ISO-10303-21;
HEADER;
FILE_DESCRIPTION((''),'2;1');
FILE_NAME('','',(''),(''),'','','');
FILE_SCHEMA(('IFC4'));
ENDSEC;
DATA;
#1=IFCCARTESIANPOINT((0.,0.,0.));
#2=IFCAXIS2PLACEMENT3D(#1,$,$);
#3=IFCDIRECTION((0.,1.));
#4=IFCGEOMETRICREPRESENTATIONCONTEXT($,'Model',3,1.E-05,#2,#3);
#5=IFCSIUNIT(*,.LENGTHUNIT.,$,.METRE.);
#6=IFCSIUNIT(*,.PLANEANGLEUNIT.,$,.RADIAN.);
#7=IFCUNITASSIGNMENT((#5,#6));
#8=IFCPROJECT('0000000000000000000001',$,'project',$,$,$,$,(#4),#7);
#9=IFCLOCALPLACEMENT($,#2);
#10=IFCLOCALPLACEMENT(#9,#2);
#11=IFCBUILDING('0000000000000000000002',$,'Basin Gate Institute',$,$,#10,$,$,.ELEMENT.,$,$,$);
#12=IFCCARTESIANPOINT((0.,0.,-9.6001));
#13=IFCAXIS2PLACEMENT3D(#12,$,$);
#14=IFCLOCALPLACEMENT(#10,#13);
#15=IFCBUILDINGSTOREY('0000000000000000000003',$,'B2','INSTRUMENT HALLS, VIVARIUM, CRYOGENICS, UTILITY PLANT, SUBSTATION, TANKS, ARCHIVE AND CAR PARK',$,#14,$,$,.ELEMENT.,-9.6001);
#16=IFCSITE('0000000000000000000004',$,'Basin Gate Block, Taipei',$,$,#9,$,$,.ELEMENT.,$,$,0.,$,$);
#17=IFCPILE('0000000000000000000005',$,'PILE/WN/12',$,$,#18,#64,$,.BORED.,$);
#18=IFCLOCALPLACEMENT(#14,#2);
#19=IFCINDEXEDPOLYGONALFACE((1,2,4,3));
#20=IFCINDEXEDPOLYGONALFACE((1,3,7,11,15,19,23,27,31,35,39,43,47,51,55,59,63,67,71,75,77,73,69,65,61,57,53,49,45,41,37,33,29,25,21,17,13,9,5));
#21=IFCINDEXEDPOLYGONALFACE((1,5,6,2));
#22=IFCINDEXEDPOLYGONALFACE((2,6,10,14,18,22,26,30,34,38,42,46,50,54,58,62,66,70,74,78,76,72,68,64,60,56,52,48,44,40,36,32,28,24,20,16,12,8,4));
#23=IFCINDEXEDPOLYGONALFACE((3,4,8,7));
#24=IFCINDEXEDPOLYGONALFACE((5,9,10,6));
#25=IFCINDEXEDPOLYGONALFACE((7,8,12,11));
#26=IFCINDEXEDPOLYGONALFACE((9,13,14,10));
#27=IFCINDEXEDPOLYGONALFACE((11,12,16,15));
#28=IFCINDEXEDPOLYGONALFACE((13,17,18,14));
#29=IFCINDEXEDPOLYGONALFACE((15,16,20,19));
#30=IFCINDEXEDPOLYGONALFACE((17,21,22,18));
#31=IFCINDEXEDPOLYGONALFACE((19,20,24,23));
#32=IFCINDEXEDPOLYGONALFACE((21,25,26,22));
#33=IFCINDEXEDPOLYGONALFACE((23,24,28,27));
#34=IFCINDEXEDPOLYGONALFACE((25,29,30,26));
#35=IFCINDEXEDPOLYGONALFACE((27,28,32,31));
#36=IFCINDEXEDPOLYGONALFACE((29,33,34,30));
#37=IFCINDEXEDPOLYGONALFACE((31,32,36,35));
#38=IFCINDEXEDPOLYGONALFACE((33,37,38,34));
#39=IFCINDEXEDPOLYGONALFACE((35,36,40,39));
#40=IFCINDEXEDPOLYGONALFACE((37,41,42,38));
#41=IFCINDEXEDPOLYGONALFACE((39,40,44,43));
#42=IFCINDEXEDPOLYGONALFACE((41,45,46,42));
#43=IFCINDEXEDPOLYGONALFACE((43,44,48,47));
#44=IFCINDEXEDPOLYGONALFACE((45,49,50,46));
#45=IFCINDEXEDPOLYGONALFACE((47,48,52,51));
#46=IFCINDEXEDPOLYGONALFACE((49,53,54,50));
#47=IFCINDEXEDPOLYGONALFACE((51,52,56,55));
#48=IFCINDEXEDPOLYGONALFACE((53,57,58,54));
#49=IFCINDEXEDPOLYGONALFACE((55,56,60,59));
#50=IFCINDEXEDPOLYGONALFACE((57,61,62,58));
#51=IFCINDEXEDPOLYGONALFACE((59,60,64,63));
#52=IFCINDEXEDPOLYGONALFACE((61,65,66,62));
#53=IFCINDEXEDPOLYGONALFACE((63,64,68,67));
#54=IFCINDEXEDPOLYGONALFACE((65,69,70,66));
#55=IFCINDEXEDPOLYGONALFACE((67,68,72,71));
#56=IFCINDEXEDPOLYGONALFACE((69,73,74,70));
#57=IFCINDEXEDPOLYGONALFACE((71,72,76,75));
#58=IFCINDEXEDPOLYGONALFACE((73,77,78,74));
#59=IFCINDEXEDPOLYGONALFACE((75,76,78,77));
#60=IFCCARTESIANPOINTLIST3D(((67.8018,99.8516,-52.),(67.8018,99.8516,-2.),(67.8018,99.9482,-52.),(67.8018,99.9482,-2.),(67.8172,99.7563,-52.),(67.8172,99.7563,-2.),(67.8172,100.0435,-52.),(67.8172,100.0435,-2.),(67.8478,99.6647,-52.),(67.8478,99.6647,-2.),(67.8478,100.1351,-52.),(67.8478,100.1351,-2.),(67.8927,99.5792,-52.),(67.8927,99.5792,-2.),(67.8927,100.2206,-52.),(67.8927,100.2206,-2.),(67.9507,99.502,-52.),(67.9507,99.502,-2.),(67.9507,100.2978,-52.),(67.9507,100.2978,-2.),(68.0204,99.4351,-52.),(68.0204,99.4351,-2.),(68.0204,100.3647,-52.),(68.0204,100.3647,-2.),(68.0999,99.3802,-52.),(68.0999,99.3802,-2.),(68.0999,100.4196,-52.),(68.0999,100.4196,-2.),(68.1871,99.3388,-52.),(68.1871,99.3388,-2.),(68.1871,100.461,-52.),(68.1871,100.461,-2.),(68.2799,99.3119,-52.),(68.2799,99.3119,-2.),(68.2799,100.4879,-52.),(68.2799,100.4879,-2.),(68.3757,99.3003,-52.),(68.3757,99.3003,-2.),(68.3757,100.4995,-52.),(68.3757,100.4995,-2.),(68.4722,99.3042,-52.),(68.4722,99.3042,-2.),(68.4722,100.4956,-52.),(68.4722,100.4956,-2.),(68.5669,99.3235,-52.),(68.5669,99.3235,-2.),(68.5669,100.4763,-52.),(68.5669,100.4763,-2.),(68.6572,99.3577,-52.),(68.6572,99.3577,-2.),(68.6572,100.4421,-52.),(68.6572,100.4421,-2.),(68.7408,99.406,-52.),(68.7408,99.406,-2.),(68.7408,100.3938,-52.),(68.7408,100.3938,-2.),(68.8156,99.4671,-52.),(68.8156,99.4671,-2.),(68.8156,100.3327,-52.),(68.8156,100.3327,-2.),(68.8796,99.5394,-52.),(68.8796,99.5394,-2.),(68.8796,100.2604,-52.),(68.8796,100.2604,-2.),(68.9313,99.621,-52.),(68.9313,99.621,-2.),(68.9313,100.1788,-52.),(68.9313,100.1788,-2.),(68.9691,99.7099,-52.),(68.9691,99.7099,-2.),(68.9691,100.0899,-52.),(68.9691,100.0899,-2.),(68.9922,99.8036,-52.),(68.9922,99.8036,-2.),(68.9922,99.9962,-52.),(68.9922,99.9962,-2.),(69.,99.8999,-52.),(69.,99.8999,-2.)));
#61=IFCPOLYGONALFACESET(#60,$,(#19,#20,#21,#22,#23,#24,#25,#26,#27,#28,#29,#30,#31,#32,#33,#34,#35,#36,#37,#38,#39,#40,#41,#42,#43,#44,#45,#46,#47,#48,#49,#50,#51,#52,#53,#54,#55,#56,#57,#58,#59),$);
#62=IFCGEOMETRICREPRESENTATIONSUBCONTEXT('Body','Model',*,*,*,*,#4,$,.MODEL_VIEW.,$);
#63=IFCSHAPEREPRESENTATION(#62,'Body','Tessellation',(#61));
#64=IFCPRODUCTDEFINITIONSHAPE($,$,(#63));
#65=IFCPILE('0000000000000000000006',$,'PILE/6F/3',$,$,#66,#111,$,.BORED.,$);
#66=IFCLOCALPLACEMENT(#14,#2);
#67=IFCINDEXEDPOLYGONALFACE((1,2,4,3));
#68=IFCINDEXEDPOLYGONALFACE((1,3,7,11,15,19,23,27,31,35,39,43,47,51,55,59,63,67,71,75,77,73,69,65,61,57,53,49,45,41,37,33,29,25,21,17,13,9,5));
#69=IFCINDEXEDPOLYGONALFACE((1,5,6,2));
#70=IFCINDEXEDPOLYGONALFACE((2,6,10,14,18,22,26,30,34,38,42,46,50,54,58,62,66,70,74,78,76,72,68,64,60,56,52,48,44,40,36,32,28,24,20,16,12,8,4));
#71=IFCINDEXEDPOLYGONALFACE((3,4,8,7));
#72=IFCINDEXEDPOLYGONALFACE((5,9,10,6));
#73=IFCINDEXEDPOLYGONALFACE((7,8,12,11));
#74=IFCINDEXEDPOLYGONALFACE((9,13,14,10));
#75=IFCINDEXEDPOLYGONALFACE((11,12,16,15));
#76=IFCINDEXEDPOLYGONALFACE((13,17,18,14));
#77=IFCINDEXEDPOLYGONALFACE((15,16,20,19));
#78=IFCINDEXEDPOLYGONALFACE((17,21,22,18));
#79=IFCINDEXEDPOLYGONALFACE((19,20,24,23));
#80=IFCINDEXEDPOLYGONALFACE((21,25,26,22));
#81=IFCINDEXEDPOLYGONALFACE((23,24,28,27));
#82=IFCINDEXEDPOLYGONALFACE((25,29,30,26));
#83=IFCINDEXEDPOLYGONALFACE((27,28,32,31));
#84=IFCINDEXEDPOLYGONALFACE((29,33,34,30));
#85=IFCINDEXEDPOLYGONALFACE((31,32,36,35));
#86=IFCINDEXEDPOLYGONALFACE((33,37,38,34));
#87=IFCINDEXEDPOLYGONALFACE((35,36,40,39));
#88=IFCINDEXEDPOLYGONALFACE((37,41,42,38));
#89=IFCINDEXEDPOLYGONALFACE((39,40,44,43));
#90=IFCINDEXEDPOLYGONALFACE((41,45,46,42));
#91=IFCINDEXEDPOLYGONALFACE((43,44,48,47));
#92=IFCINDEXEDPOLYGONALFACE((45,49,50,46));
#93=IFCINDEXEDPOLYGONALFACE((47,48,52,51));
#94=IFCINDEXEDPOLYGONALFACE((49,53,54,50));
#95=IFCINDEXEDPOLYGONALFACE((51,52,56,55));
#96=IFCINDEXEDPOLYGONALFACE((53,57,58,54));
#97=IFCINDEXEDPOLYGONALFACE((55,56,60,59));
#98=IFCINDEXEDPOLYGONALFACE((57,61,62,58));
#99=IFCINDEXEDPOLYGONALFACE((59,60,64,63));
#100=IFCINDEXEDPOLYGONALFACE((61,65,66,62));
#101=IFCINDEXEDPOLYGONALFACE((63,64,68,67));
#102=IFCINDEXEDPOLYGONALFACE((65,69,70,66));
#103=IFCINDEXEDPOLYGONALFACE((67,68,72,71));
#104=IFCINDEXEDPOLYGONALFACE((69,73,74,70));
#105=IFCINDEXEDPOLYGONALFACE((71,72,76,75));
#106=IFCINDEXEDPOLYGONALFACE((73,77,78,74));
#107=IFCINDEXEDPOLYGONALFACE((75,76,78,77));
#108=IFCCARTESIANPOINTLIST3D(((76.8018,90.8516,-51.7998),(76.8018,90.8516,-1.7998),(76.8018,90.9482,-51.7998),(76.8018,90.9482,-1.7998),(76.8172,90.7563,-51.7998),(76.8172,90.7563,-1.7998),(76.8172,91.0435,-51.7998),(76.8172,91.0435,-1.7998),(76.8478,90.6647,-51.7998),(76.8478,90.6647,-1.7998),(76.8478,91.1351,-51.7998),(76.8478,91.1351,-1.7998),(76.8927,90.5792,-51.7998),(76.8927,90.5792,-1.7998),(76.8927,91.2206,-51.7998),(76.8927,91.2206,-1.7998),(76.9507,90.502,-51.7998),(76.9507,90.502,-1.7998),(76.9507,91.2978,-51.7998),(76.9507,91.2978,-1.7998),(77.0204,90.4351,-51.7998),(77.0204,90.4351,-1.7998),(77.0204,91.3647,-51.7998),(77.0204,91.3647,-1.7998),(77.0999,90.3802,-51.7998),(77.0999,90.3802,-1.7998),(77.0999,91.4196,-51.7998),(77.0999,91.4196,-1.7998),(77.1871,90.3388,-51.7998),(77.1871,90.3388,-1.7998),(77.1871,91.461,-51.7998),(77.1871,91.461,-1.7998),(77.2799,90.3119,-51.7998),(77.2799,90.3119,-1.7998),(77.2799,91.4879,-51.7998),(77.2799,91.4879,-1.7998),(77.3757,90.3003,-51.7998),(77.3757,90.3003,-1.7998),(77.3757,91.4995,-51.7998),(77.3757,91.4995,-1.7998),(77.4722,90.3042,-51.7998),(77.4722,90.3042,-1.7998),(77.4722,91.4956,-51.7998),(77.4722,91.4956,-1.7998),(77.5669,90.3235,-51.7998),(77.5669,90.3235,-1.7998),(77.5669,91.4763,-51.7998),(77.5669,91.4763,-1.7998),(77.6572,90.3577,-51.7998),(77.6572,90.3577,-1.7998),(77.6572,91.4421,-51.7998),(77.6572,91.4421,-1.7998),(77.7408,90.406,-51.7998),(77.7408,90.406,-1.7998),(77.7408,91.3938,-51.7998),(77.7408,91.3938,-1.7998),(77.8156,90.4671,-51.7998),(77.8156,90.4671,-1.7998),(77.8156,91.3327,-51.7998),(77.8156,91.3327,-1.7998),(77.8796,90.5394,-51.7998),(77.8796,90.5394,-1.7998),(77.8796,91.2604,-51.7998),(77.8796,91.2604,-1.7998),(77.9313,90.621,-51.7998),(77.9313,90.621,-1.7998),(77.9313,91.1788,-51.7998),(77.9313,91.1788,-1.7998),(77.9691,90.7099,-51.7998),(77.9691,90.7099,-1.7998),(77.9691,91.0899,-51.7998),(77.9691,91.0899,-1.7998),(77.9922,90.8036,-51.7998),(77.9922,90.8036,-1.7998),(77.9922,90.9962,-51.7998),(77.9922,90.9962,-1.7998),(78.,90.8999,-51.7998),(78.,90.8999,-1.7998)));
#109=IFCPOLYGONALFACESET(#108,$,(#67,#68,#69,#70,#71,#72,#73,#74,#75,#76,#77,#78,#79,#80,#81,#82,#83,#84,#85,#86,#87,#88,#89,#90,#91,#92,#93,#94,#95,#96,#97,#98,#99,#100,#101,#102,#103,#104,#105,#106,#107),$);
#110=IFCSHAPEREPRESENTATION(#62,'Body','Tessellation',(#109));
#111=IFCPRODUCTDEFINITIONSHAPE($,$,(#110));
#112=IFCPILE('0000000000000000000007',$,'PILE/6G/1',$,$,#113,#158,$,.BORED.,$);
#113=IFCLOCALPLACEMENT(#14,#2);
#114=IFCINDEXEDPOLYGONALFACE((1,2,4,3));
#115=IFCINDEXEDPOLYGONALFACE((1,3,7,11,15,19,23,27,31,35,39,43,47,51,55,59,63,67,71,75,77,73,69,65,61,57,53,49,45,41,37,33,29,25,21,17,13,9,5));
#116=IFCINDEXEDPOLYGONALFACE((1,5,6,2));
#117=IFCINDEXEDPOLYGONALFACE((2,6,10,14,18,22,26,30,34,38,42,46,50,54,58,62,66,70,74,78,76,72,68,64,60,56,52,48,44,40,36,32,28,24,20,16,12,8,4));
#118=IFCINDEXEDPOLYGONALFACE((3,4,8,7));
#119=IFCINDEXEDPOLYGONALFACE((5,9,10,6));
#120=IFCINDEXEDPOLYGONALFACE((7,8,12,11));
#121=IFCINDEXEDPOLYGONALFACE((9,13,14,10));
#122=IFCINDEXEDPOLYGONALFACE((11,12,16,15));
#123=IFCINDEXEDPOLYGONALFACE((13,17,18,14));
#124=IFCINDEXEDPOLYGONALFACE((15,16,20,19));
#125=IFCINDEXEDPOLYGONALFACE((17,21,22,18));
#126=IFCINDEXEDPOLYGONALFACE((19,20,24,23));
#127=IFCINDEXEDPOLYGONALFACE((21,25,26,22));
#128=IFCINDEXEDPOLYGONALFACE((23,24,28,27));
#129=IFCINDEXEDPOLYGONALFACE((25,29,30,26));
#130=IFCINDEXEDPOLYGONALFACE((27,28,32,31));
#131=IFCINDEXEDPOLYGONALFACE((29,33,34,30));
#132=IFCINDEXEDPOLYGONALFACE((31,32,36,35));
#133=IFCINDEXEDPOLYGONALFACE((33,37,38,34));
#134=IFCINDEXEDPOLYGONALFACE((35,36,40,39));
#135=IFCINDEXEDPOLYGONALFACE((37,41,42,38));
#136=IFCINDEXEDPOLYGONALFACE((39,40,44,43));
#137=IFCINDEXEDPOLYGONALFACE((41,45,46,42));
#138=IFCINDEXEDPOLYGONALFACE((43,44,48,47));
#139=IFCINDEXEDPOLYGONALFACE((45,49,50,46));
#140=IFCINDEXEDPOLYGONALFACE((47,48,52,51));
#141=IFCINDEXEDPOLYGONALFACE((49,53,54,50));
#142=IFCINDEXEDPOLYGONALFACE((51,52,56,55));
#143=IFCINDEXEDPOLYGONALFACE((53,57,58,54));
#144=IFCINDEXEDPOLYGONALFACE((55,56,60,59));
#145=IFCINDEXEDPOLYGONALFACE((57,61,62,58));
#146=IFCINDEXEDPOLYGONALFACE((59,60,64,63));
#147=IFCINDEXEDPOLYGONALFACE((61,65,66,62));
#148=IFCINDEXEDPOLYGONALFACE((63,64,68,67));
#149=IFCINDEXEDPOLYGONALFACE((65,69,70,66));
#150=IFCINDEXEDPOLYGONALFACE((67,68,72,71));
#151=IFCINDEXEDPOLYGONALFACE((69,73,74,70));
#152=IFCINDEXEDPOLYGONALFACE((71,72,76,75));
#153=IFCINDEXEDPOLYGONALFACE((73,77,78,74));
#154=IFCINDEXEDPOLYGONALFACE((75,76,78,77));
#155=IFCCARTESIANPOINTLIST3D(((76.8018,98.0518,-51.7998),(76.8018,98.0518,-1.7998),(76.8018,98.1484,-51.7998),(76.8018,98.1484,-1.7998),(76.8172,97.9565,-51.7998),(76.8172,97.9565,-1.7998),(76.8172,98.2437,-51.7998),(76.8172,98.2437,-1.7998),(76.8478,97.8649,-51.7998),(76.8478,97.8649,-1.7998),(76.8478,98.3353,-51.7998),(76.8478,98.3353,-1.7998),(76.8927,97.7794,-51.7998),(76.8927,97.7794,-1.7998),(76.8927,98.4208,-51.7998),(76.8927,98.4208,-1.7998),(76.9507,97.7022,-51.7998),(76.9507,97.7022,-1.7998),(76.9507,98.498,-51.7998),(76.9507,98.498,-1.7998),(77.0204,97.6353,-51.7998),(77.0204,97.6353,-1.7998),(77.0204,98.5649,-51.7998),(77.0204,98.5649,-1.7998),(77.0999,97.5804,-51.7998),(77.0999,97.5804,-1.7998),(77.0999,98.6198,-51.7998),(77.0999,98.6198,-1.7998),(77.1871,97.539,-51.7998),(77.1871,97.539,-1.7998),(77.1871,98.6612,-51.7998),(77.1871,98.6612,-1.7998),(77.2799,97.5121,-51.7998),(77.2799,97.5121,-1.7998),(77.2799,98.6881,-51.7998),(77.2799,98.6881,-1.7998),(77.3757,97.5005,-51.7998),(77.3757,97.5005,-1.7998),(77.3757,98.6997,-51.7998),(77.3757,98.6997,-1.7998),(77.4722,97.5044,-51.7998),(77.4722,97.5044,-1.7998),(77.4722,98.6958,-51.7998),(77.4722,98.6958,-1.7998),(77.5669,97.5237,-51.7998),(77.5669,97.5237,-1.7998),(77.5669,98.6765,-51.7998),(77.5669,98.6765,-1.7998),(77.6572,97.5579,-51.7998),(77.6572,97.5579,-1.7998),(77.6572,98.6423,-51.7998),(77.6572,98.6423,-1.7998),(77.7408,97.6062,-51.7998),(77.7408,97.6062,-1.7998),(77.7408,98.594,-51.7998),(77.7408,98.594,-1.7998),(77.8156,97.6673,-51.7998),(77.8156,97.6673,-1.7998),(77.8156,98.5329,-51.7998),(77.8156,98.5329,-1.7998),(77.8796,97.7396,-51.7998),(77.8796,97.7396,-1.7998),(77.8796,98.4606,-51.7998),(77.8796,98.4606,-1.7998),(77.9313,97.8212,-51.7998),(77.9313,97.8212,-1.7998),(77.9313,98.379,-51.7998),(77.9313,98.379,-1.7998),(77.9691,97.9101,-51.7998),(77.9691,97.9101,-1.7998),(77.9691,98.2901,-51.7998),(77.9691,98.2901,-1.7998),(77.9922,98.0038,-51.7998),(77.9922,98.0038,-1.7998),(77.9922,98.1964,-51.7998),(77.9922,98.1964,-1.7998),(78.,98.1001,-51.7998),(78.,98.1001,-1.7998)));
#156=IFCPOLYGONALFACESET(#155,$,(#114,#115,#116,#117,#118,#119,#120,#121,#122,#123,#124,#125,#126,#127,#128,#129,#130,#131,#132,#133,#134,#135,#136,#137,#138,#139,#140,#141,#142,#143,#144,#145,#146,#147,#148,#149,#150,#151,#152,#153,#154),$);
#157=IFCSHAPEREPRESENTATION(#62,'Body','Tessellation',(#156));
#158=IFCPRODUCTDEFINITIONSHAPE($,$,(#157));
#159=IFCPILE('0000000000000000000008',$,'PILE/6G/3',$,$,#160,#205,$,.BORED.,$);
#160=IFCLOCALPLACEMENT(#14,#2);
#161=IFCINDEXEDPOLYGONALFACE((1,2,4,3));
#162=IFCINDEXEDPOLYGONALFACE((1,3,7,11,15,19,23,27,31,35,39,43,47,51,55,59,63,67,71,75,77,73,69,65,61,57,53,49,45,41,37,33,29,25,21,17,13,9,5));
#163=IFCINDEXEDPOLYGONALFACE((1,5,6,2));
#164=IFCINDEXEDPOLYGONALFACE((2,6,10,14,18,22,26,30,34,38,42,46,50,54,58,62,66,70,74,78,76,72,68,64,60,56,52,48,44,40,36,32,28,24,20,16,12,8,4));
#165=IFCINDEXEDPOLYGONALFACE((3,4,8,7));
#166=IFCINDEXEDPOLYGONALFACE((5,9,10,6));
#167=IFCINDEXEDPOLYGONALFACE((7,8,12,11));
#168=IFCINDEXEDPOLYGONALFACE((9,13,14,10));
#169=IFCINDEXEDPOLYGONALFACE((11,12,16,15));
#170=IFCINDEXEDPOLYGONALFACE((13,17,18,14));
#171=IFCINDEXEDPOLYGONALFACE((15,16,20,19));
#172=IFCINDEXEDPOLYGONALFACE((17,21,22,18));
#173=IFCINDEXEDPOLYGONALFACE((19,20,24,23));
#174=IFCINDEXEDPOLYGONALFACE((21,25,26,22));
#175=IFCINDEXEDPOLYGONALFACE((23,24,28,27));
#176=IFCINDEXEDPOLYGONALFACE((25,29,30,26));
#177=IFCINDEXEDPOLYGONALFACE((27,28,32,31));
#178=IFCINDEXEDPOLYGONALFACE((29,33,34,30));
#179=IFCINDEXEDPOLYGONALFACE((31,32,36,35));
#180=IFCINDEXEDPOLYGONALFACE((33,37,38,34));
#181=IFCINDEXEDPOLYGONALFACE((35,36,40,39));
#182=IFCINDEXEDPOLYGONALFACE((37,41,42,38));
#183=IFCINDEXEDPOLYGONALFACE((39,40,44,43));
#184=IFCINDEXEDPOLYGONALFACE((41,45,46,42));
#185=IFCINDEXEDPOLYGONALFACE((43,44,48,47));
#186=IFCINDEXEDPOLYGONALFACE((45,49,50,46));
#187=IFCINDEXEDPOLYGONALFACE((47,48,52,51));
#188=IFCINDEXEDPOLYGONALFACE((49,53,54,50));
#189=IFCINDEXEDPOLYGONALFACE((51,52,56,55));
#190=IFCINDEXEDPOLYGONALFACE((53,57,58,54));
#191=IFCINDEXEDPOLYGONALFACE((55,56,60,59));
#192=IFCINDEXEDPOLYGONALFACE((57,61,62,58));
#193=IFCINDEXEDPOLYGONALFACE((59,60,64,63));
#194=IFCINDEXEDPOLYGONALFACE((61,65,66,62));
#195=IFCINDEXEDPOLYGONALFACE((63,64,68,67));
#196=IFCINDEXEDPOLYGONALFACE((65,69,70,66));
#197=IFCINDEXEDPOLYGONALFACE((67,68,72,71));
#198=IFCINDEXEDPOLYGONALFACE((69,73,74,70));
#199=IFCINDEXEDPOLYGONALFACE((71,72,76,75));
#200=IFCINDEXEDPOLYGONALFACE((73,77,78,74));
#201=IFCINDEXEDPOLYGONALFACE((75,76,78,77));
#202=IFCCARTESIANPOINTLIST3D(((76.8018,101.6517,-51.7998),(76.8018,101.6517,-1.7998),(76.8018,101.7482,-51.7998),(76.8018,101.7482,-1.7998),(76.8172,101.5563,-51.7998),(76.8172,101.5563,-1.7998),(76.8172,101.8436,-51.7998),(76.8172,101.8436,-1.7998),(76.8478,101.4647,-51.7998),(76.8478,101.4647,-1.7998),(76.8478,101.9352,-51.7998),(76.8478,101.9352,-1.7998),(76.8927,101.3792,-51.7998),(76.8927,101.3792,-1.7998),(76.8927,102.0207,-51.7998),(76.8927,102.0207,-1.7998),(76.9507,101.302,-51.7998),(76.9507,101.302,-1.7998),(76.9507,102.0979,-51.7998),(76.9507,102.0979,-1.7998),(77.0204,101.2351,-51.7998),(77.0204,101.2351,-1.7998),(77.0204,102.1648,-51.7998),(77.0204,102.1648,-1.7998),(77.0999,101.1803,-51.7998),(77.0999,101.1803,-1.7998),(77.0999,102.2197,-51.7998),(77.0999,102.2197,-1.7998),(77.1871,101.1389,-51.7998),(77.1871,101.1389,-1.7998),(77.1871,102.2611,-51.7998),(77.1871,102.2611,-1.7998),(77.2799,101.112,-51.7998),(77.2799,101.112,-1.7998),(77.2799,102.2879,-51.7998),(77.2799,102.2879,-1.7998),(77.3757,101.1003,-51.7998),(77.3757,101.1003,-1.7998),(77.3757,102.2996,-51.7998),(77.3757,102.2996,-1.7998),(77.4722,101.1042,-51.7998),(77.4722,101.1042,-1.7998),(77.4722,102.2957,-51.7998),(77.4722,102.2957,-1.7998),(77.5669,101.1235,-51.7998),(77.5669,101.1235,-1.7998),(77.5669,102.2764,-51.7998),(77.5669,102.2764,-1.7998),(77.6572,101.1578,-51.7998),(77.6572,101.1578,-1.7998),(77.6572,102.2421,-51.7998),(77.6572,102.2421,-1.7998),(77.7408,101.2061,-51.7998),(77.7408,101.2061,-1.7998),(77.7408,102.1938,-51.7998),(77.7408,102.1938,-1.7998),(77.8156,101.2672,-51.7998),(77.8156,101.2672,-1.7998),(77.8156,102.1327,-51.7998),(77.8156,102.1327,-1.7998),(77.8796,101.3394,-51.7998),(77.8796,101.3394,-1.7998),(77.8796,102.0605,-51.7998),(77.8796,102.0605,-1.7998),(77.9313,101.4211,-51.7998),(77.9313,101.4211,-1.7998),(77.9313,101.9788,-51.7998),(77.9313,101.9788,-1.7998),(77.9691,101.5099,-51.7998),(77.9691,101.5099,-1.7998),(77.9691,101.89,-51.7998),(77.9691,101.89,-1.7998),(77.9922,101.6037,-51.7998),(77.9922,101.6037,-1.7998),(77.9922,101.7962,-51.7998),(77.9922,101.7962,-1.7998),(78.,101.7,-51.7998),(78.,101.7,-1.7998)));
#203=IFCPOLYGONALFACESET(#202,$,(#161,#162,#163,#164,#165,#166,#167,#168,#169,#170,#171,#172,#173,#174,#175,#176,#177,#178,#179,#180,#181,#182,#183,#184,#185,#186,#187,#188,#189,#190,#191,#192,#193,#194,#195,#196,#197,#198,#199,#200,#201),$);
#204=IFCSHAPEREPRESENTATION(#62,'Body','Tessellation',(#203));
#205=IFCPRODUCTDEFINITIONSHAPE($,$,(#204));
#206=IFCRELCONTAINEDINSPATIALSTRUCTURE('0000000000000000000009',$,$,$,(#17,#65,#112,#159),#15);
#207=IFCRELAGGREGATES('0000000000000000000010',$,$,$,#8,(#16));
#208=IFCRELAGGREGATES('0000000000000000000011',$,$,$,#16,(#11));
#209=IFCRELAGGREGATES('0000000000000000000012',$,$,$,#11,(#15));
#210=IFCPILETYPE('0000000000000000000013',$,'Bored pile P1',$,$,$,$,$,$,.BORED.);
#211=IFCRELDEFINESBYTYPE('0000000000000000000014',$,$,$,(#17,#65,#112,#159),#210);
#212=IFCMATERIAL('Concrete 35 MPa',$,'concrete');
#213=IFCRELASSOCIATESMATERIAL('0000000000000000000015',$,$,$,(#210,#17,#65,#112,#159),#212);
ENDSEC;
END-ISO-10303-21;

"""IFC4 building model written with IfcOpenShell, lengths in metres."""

from ifc_helpers import new_model, si_unit, direction, frame, origin, origin_2d, place, context, subcontext, project, spatial, circle, extrude, material, material_profile, profile_set, type_object, element, save


model = new_model("IFC4")

# Units and contexts
model_context = context("Model", 3, precision=1e-05, world=origin(), true_north=direction((0.0, 1.0)))
body_context = subcontext(model_context, "Body", "Model", "MODEL_VIEW")
ifc_project = project(units=[si_unit("LENGTHUNIT", "METRE"), si_unit("PLANEANGLEUNIT", "RADIAN")], contexts=[model_context])

# Site, building, storey
site_placement = place(None, origin())
site = spatial("IfcSite", under=ifc_project, at=site_placement, Name="Basin Gate Block, Taipei", CompositionType="ELEMENT", RefElevation=0.0)
building_placement = place(site_placement, origin())
building = spatial("IfcBuilding", under=site, at=building_placement, Name="Basin Gate Institute", CompositionType="ELEMENT")
storey_placement = place(building_placement, frame((0.0, 0.0, -9.6001)))
storey = spatial("IfcBuildingStorey", under=building, at=storey_placement, Name="B2", Description="INSTRUMENT HALLS, VIVARIUM, CRYOGENICS, UTILITY PLANT, SUBSTATION, TANKS, ARCHIVE AND CAR PARK", CompositionType="ELEMENT", Elevation=-9.6001)

# Piles
ifc_material_1 = material(Name="Concrete 35 MPa", Category="concrete")
ifc_material_profile_1 = material_profile(ifc_material_1, circle(Radius=0.6001, at=origin_2d()), Name="Bored pile P1 1200 dia")
ifc_profile_set_1 = profile_set([ifc_material_profile_1], Name="Concrete 35 MPa")
pile_type = type_object("IfcPileType", Name="Bored pile P1", PredefinedType="BORED", material=ifc_profile_set_1)
for number, where, z_axis, x_axis, name in (
    (1, (68.3999, 99.8999, -2.0), (0.0, 0.0, -1.0), (1.0, 0.0, 0.0), "PILE/WN/12"),
    (2, (77.3999, 90.8999, -1.7998), (0.0, 0.0, -1.0), (1.0, 0.0, 0.0), "PILE/6F/3"),
    (3, (77.3999, 98.1001, -1.7998), (0.0, 0.0, -1.0), (1.0, 0.0, 0.0), "PILE/6G/1"),
    (4, (77.3999, 101.7, -1.7998), (0.0, 0.0, -1.0), (1.0, 0.0, 0.0), "PILE/6G/3"),
):
    element("IfcPile", number, at=place(storey_placement, frame(where, z_axis=z_axis, x_axis=x_axis)), inside=storey, type_object=pile_type, material=ifc_profile_set_1, Name=name, PredefinedType="BORED", context=body_context, shape_type="SweptSolid", body=[
        extrude(circle(Radius=0.6001, at=origin_2d()), origin(), (0.0, 0.0, 1.0), 50.0),
    ])

save(model, "model.ifc")
